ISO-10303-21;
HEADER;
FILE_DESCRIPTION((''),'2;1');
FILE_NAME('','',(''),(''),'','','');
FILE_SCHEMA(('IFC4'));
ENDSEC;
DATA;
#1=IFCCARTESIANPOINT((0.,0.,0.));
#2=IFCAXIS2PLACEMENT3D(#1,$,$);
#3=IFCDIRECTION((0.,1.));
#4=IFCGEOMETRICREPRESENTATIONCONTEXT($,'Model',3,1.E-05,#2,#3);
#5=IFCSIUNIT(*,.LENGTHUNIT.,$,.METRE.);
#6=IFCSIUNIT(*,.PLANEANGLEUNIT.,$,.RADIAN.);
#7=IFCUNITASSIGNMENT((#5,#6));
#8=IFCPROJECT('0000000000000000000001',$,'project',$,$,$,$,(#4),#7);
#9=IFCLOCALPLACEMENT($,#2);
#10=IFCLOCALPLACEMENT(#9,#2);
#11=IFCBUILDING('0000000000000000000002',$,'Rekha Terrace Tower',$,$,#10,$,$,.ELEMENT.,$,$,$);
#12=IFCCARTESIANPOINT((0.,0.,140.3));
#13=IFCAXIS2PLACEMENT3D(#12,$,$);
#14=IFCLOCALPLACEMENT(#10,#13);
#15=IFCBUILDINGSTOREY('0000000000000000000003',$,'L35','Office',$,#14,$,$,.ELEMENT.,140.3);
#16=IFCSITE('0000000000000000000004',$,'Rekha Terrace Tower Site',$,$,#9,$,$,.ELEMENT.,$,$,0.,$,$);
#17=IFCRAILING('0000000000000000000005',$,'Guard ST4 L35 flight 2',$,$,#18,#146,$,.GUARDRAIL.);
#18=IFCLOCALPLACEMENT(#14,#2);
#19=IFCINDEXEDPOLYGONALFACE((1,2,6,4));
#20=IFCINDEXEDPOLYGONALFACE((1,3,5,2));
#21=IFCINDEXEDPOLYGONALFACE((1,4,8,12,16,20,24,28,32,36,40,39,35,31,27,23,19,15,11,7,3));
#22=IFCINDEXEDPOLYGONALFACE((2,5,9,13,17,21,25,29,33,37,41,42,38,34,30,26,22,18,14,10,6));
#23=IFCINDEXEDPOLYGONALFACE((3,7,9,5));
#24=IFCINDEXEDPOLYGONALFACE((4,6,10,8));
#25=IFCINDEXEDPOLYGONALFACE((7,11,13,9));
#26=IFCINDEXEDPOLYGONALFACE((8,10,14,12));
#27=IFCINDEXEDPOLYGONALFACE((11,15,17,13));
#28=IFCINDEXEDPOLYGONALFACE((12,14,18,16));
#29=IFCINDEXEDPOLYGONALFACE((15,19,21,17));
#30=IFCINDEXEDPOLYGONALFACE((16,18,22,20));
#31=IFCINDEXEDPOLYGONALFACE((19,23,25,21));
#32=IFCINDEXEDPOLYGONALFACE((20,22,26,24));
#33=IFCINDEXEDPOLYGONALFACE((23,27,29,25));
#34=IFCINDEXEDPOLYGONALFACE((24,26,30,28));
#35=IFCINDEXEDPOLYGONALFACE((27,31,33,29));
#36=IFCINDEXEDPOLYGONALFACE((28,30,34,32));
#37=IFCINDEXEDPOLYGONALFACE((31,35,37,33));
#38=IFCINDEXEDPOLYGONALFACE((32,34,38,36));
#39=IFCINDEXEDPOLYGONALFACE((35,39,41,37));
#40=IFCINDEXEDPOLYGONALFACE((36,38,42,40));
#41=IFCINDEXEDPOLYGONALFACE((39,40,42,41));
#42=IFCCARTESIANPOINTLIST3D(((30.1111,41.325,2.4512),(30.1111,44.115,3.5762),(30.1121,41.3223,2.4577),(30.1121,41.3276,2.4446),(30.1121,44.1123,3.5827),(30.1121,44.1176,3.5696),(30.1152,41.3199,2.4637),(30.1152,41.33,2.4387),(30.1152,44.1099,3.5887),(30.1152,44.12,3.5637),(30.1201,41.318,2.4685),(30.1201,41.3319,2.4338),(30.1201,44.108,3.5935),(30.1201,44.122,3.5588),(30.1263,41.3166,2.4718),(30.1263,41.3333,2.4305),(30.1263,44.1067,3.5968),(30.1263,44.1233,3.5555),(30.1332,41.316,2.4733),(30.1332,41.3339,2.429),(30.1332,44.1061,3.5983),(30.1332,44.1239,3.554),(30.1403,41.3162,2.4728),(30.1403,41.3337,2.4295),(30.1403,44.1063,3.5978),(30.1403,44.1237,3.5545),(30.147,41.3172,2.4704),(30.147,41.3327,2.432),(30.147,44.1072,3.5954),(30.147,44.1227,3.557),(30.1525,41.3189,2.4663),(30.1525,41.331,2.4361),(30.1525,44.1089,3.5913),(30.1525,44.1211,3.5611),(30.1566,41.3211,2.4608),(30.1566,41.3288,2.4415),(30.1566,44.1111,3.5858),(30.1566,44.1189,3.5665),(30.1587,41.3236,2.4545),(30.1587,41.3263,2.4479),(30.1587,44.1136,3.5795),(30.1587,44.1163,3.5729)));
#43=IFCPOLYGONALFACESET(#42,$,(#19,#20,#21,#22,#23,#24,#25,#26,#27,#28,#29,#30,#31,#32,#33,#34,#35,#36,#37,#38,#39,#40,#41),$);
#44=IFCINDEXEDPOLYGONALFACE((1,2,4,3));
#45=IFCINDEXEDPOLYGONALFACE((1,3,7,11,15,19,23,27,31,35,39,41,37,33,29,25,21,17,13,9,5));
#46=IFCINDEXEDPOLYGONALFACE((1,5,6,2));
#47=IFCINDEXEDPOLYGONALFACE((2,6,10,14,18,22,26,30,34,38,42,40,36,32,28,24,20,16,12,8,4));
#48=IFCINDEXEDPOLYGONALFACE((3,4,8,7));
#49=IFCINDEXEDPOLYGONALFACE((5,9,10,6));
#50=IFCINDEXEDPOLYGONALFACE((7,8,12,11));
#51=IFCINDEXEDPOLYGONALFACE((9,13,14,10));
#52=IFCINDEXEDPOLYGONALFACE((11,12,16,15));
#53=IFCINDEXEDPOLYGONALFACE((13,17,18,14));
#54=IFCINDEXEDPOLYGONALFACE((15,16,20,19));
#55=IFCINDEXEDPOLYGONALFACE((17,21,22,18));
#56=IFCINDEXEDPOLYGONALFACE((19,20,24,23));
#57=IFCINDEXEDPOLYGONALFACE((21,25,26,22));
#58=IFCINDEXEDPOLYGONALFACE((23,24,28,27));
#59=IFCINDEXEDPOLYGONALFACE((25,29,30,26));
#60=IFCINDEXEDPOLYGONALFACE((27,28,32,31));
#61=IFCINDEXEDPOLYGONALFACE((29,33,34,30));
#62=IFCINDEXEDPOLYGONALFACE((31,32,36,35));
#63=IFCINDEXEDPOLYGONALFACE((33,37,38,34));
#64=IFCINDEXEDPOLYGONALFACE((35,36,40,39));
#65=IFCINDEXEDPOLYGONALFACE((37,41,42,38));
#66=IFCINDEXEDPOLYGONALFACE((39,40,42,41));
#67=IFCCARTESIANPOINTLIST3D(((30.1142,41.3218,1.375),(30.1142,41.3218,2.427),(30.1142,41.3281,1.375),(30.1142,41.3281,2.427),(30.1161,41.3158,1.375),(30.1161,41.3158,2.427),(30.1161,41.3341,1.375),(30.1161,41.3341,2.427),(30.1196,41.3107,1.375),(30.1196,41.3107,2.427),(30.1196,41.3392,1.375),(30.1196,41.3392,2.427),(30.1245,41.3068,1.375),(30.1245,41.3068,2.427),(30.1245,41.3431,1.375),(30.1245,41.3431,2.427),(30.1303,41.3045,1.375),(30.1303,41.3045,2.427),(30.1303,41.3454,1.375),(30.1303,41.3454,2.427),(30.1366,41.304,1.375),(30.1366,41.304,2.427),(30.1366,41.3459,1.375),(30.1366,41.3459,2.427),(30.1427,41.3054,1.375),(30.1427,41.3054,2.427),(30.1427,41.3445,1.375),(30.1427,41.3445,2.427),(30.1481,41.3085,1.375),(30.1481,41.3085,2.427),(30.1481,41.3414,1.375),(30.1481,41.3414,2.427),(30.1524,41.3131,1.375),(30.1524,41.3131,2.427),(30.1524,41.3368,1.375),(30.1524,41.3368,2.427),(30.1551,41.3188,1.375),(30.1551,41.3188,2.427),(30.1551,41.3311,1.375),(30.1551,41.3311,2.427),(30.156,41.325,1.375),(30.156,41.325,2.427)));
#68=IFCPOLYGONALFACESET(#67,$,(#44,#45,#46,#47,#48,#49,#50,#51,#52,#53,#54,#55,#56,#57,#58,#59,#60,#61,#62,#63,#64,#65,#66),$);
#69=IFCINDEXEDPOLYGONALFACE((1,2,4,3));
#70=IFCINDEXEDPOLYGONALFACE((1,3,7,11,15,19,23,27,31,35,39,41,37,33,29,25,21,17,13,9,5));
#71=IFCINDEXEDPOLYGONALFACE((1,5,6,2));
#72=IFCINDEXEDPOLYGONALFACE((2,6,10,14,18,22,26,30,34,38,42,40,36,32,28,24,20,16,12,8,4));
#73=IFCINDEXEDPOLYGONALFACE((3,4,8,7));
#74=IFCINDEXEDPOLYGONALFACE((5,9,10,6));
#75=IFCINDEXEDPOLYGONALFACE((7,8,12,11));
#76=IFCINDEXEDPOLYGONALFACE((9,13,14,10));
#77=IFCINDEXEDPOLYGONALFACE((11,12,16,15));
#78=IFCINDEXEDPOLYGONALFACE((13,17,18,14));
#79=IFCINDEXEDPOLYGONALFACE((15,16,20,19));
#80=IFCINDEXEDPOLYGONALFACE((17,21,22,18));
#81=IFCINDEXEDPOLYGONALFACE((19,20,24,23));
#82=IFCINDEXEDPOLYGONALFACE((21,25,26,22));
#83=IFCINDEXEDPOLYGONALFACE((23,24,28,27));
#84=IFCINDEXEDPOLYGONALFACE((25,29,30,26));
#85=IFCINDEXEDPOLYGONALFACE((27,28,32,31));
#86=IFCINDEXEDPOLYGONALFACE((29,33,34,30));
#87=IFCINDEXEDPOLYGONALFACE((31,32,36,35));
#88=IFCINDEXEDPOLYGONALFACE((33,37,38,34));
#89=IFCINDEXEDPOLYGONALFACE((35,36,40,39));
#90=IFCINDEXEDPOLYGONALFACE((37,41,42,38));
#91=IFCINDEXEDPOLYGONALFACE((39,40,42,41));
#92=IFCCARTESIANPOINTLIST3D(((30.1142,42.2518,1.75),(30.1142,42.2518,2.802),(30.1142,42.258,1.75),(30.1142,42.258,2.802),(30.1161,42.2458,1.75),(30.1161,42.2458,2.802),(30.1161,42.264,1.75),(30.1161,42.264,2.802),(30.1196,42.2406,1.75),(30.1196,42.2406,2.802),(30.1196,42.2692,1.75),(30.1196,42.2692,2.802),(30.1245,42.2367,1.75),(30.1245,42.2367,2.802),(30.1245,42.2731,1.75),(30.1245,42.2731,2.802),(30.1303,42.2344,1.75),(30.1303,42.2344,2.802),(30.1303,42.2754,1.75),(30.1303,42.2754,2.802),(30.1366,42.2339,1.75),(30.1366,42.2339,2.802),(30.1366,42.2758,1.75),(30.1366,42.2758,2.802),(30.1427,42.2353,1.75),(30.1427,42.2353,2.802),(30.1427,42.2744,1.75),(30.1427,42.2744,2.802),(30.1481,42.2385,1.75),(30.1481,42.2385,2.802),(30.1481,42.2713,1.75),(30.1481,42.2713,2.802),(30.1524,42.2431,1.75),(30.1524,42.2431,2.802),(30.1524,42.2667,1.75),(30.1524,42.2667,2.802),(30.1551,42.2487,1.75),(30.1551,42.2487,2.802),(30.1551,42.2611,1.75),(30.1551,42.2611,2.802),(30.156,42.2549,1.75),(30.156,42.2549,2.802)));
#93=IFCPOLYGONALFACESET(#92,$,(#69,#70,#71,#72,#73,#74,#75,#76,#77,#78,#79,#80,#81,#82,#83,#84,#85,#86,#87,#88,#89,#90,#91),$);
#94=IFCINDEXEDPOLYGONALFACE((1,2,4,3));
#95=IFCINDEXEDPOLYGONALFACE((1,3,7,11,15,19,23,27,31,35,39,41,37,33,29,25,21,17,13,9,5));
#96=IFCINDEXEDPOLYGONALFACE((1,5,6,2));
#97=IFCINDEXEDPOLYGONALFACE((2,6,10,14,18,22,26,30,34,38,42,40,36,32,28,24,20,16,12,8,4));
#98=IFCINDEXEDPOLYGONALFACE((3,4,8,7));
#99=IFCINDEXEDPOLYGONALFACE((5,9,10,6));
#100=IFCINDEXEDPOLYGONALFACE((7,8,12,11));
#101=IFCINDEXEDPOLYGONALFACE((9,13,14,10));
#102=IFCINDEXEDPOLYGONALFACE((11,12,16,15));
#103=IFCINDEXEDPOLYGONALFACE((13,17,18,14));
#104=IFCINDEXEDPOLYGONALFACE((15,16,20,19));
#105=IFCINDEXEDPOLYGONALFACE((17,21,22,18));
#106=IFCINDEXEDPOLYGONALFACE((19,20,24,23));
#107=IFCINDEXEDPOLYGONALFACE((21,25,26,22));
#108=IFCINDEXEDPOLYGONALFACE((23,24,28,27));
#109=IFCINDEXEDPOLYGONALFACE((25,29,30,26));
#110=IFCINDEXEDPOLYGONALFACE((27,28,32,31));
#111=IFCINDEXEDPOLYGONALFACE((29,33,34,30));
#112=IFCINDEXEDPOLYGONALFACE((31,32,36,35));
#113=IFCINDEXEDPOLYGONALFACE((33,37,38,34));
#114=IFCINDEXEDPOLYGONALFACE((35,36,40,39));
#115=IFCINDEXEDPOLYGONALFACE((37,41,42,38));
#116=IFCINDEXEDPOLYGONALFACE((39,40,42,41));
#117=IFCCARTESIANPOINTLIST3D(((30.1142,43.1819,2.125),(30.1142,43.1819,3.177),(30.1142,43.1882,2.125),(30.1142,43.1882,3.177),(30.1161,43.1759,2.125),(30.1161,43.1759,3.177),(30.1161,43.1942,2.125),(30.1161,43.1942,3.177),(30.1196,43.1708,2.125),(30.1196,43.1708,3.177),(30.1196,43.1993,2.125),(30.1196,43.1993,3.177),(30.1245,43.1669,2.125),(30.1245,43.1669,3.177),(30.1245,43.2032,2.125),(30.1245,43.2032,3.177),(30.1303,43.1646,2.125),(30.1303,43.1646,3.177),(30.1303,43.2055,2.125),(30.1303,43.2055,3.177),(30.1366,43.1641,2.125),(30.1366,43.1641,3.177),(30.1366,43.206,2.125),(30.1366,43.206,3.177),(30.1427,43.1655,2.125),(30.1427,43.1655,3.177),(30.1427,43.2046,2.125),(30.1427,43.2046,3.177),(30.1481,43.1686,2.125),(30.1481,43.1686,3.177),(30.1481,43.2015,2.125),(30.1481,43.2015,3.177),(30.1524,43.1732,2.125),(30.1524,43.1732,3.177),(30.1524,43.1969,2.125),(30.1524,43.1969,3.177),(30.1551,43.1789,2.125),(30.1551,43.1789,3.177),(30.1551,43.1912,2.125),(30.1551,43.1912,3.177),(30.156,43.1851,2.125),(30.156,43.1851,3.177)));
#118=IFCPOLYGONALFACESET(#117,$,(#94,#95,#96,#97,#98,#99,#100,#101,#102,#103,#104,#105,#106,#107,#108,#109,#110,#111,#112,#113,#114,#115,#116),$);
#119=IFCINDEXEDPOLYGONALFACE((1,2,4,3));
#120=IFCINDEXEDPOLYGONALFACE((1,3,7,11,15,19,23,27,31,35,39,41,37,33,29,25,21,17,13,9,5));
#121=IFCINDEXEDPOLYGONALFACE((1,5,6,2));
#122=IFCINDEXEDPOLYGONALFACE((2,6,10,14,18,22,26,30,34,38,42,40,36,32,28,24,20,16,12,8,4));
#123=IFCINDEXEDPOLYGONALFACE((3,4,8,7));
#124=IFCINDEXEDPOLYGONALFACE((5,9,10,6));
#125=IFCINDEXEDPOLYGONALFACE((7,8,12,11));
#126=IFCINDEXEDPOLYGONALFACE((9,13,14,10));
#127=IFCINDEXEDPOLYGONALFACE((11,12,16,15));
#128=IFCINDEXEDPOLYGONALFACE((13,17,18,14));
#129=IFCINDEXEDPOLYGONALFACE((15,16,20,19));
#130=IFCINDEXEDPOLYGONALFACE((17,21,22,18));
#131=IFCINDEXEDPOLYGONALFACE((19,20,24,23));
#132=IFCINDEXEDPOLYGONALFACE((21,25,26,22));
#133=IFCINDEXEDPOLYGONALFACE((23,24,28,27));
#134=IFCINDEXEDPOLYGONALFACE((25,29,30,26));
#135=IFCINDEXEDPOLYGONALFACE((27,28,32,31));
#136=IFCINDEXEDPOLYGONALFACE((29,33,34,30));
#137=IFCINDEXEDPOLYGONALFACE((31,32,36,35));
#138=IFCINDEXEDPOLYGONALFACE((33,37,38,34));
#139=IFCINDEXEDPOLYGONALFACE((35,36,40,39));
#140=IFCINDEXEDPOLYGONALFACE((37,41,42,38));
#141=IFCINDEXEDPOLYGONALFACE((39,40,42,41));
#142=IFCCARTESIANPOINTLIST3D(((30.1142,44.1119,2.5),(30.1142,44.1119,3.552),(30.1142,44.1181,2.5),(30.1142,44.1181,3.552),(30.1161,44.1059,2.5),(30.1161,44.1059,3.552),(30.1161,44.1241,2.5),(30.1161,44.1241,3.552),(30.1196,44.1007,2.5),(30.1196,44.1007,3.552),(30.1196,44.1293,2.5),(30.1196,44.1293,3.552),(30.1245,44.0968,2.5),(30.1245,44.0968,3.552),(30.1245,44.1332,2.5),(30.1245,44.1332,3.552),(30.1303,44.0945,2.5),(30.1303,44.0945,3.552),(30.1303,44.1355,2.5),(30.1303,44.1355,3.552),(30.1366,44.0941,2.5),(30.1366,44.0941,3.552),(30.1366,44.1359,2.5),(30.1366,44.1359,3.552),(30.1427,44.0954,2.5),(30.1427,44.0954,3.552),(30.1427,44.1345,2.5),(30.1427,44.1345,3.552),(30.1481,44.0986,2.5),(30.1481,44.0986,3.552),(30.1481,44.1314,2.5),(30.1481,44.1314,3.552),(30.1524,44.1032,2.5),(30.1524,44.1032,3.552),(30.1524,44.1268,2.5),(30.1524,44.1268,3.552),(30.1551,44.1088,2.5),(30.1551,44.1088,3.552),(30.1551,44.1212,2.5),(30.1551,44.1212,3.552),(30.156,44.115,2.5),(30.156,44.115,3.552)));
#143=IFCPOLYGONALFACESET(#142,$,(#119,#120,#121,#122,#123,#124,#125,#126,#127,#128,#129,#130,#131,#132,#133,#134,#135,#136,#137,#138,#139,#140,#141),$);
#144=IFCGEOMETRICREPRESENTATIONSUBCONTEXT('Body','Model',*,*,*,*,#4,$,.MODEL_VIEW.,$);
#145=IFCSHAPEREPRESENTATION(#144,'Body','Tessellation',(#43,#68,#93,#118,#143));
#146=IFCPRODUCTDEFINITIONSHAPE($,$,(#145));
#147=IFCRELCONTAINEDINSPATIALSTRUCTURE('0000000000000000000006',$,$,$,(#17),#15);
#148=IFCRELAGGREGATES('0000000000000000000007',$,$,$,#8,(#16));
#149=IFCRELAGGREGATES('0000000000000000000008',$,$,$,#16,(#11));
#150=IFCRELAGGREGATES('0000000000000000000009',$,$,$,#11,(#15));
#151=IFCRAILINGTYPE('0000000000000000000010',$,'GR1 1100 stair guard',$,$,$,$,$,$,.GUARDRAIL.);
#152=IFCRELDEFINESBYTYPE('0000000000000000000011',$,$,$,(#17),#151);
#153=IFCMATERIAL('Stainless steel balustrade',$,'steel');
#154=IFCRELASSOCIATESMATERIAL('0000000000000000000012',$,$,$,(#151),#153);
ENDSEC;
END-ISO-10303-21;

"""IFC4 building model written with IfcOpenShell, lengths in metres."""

from ifc_helpers import new_model, si_unit, direction, frame, origin, origin_2d, place, context, subcontext, project, spatial, circle, extrude, material, type_object, element, save


model = new_model("IFC4")

# Units and contexts
model_context = context("Model", 3, precision=1e-05, world=origin(), true_north=direction((0.0, 1.0)))
body_context = subcontext(model_context, "Body", "Model", "MODEL_VIEW")
ifc_project = project(units=[si_unit("LENGTHUNIT", "METRE"), si_unit("PLANEANGLEUNIT", "RADIAN")], contexts=[model_context])

# Site, building, storey
site_placement = place(None, origin())
site = spatial("IfcSite", under=ifc_project, at=site_placement, Name="Rekha Terrace Tower Site", CompositionType="ELEMENT", RefElevation=0.0)
building_placement = place(site_placement, origin())
building = spatial("IfcBuilding", under=site, at=building_placement, Name="Rekha Terrace Tower", CompositionType="ELEMENT")
storey_placement = place(building_placement, frame((0.0, 0.0, 140.3)))
storey = spatial("IfcBuildingStorey", under=building, at=storey_placement, Name="L35", Description="Office", CompositionType="ELEMENT", Elevation=140.3)

# Railing
ifc_material_1 = material(Name="Stainless steel balustrade", Category="steel")
railing_type_1 = type_object("IfcRailingType", Name="GR1 1100 stair guard", PredefinedType="GUARDRAIL", material=ifc_material_1)
railing_1_placement = place(storey_placement, frame((30.135, 41.325, 1.375)))
element("IfcRailing", 1, at=railing_1_placement, inside=storey, type_object=railing_type_1, Name="Guard ST4 L35 flight 2", PredefinedType="GUARDRAIL", context=body_context, shape_type="SweptSolid", body=[
    extrude(circle(Radius=0.0239, at=origin_2d()), frame((0.0, 0.0, 1.0762), z_axis=(0.0, 0.927443, 0.373964), x_axis=(-1.0, 0.0, 0.0)), (0.0, 0.0, 1.0), 3.0083),
    extrude(circle(Radius=0.021, at=origin_2d()), origin(), (0.0, 0.0, 1.0), 1.052),
    extrude(circle(Radius=0.021, at=origin_2d()), frame((0.0, 0.9299, 0.375)), (0.0, 0.0, 1.0), 1.052),
    extrude(circle(Radius=0.021, at=origin_2d()), frame((0.0, 1.8601, 0.75)), (0.0, 0.0, 1.0), 1.052),
    extrude(circle(Radius=0.021, at=origin_2d()), frame((0.0, 2.79, 1.125)), (0.0, 0.0, 1.0), 1.052),
])

save(model, "model.ifc")
